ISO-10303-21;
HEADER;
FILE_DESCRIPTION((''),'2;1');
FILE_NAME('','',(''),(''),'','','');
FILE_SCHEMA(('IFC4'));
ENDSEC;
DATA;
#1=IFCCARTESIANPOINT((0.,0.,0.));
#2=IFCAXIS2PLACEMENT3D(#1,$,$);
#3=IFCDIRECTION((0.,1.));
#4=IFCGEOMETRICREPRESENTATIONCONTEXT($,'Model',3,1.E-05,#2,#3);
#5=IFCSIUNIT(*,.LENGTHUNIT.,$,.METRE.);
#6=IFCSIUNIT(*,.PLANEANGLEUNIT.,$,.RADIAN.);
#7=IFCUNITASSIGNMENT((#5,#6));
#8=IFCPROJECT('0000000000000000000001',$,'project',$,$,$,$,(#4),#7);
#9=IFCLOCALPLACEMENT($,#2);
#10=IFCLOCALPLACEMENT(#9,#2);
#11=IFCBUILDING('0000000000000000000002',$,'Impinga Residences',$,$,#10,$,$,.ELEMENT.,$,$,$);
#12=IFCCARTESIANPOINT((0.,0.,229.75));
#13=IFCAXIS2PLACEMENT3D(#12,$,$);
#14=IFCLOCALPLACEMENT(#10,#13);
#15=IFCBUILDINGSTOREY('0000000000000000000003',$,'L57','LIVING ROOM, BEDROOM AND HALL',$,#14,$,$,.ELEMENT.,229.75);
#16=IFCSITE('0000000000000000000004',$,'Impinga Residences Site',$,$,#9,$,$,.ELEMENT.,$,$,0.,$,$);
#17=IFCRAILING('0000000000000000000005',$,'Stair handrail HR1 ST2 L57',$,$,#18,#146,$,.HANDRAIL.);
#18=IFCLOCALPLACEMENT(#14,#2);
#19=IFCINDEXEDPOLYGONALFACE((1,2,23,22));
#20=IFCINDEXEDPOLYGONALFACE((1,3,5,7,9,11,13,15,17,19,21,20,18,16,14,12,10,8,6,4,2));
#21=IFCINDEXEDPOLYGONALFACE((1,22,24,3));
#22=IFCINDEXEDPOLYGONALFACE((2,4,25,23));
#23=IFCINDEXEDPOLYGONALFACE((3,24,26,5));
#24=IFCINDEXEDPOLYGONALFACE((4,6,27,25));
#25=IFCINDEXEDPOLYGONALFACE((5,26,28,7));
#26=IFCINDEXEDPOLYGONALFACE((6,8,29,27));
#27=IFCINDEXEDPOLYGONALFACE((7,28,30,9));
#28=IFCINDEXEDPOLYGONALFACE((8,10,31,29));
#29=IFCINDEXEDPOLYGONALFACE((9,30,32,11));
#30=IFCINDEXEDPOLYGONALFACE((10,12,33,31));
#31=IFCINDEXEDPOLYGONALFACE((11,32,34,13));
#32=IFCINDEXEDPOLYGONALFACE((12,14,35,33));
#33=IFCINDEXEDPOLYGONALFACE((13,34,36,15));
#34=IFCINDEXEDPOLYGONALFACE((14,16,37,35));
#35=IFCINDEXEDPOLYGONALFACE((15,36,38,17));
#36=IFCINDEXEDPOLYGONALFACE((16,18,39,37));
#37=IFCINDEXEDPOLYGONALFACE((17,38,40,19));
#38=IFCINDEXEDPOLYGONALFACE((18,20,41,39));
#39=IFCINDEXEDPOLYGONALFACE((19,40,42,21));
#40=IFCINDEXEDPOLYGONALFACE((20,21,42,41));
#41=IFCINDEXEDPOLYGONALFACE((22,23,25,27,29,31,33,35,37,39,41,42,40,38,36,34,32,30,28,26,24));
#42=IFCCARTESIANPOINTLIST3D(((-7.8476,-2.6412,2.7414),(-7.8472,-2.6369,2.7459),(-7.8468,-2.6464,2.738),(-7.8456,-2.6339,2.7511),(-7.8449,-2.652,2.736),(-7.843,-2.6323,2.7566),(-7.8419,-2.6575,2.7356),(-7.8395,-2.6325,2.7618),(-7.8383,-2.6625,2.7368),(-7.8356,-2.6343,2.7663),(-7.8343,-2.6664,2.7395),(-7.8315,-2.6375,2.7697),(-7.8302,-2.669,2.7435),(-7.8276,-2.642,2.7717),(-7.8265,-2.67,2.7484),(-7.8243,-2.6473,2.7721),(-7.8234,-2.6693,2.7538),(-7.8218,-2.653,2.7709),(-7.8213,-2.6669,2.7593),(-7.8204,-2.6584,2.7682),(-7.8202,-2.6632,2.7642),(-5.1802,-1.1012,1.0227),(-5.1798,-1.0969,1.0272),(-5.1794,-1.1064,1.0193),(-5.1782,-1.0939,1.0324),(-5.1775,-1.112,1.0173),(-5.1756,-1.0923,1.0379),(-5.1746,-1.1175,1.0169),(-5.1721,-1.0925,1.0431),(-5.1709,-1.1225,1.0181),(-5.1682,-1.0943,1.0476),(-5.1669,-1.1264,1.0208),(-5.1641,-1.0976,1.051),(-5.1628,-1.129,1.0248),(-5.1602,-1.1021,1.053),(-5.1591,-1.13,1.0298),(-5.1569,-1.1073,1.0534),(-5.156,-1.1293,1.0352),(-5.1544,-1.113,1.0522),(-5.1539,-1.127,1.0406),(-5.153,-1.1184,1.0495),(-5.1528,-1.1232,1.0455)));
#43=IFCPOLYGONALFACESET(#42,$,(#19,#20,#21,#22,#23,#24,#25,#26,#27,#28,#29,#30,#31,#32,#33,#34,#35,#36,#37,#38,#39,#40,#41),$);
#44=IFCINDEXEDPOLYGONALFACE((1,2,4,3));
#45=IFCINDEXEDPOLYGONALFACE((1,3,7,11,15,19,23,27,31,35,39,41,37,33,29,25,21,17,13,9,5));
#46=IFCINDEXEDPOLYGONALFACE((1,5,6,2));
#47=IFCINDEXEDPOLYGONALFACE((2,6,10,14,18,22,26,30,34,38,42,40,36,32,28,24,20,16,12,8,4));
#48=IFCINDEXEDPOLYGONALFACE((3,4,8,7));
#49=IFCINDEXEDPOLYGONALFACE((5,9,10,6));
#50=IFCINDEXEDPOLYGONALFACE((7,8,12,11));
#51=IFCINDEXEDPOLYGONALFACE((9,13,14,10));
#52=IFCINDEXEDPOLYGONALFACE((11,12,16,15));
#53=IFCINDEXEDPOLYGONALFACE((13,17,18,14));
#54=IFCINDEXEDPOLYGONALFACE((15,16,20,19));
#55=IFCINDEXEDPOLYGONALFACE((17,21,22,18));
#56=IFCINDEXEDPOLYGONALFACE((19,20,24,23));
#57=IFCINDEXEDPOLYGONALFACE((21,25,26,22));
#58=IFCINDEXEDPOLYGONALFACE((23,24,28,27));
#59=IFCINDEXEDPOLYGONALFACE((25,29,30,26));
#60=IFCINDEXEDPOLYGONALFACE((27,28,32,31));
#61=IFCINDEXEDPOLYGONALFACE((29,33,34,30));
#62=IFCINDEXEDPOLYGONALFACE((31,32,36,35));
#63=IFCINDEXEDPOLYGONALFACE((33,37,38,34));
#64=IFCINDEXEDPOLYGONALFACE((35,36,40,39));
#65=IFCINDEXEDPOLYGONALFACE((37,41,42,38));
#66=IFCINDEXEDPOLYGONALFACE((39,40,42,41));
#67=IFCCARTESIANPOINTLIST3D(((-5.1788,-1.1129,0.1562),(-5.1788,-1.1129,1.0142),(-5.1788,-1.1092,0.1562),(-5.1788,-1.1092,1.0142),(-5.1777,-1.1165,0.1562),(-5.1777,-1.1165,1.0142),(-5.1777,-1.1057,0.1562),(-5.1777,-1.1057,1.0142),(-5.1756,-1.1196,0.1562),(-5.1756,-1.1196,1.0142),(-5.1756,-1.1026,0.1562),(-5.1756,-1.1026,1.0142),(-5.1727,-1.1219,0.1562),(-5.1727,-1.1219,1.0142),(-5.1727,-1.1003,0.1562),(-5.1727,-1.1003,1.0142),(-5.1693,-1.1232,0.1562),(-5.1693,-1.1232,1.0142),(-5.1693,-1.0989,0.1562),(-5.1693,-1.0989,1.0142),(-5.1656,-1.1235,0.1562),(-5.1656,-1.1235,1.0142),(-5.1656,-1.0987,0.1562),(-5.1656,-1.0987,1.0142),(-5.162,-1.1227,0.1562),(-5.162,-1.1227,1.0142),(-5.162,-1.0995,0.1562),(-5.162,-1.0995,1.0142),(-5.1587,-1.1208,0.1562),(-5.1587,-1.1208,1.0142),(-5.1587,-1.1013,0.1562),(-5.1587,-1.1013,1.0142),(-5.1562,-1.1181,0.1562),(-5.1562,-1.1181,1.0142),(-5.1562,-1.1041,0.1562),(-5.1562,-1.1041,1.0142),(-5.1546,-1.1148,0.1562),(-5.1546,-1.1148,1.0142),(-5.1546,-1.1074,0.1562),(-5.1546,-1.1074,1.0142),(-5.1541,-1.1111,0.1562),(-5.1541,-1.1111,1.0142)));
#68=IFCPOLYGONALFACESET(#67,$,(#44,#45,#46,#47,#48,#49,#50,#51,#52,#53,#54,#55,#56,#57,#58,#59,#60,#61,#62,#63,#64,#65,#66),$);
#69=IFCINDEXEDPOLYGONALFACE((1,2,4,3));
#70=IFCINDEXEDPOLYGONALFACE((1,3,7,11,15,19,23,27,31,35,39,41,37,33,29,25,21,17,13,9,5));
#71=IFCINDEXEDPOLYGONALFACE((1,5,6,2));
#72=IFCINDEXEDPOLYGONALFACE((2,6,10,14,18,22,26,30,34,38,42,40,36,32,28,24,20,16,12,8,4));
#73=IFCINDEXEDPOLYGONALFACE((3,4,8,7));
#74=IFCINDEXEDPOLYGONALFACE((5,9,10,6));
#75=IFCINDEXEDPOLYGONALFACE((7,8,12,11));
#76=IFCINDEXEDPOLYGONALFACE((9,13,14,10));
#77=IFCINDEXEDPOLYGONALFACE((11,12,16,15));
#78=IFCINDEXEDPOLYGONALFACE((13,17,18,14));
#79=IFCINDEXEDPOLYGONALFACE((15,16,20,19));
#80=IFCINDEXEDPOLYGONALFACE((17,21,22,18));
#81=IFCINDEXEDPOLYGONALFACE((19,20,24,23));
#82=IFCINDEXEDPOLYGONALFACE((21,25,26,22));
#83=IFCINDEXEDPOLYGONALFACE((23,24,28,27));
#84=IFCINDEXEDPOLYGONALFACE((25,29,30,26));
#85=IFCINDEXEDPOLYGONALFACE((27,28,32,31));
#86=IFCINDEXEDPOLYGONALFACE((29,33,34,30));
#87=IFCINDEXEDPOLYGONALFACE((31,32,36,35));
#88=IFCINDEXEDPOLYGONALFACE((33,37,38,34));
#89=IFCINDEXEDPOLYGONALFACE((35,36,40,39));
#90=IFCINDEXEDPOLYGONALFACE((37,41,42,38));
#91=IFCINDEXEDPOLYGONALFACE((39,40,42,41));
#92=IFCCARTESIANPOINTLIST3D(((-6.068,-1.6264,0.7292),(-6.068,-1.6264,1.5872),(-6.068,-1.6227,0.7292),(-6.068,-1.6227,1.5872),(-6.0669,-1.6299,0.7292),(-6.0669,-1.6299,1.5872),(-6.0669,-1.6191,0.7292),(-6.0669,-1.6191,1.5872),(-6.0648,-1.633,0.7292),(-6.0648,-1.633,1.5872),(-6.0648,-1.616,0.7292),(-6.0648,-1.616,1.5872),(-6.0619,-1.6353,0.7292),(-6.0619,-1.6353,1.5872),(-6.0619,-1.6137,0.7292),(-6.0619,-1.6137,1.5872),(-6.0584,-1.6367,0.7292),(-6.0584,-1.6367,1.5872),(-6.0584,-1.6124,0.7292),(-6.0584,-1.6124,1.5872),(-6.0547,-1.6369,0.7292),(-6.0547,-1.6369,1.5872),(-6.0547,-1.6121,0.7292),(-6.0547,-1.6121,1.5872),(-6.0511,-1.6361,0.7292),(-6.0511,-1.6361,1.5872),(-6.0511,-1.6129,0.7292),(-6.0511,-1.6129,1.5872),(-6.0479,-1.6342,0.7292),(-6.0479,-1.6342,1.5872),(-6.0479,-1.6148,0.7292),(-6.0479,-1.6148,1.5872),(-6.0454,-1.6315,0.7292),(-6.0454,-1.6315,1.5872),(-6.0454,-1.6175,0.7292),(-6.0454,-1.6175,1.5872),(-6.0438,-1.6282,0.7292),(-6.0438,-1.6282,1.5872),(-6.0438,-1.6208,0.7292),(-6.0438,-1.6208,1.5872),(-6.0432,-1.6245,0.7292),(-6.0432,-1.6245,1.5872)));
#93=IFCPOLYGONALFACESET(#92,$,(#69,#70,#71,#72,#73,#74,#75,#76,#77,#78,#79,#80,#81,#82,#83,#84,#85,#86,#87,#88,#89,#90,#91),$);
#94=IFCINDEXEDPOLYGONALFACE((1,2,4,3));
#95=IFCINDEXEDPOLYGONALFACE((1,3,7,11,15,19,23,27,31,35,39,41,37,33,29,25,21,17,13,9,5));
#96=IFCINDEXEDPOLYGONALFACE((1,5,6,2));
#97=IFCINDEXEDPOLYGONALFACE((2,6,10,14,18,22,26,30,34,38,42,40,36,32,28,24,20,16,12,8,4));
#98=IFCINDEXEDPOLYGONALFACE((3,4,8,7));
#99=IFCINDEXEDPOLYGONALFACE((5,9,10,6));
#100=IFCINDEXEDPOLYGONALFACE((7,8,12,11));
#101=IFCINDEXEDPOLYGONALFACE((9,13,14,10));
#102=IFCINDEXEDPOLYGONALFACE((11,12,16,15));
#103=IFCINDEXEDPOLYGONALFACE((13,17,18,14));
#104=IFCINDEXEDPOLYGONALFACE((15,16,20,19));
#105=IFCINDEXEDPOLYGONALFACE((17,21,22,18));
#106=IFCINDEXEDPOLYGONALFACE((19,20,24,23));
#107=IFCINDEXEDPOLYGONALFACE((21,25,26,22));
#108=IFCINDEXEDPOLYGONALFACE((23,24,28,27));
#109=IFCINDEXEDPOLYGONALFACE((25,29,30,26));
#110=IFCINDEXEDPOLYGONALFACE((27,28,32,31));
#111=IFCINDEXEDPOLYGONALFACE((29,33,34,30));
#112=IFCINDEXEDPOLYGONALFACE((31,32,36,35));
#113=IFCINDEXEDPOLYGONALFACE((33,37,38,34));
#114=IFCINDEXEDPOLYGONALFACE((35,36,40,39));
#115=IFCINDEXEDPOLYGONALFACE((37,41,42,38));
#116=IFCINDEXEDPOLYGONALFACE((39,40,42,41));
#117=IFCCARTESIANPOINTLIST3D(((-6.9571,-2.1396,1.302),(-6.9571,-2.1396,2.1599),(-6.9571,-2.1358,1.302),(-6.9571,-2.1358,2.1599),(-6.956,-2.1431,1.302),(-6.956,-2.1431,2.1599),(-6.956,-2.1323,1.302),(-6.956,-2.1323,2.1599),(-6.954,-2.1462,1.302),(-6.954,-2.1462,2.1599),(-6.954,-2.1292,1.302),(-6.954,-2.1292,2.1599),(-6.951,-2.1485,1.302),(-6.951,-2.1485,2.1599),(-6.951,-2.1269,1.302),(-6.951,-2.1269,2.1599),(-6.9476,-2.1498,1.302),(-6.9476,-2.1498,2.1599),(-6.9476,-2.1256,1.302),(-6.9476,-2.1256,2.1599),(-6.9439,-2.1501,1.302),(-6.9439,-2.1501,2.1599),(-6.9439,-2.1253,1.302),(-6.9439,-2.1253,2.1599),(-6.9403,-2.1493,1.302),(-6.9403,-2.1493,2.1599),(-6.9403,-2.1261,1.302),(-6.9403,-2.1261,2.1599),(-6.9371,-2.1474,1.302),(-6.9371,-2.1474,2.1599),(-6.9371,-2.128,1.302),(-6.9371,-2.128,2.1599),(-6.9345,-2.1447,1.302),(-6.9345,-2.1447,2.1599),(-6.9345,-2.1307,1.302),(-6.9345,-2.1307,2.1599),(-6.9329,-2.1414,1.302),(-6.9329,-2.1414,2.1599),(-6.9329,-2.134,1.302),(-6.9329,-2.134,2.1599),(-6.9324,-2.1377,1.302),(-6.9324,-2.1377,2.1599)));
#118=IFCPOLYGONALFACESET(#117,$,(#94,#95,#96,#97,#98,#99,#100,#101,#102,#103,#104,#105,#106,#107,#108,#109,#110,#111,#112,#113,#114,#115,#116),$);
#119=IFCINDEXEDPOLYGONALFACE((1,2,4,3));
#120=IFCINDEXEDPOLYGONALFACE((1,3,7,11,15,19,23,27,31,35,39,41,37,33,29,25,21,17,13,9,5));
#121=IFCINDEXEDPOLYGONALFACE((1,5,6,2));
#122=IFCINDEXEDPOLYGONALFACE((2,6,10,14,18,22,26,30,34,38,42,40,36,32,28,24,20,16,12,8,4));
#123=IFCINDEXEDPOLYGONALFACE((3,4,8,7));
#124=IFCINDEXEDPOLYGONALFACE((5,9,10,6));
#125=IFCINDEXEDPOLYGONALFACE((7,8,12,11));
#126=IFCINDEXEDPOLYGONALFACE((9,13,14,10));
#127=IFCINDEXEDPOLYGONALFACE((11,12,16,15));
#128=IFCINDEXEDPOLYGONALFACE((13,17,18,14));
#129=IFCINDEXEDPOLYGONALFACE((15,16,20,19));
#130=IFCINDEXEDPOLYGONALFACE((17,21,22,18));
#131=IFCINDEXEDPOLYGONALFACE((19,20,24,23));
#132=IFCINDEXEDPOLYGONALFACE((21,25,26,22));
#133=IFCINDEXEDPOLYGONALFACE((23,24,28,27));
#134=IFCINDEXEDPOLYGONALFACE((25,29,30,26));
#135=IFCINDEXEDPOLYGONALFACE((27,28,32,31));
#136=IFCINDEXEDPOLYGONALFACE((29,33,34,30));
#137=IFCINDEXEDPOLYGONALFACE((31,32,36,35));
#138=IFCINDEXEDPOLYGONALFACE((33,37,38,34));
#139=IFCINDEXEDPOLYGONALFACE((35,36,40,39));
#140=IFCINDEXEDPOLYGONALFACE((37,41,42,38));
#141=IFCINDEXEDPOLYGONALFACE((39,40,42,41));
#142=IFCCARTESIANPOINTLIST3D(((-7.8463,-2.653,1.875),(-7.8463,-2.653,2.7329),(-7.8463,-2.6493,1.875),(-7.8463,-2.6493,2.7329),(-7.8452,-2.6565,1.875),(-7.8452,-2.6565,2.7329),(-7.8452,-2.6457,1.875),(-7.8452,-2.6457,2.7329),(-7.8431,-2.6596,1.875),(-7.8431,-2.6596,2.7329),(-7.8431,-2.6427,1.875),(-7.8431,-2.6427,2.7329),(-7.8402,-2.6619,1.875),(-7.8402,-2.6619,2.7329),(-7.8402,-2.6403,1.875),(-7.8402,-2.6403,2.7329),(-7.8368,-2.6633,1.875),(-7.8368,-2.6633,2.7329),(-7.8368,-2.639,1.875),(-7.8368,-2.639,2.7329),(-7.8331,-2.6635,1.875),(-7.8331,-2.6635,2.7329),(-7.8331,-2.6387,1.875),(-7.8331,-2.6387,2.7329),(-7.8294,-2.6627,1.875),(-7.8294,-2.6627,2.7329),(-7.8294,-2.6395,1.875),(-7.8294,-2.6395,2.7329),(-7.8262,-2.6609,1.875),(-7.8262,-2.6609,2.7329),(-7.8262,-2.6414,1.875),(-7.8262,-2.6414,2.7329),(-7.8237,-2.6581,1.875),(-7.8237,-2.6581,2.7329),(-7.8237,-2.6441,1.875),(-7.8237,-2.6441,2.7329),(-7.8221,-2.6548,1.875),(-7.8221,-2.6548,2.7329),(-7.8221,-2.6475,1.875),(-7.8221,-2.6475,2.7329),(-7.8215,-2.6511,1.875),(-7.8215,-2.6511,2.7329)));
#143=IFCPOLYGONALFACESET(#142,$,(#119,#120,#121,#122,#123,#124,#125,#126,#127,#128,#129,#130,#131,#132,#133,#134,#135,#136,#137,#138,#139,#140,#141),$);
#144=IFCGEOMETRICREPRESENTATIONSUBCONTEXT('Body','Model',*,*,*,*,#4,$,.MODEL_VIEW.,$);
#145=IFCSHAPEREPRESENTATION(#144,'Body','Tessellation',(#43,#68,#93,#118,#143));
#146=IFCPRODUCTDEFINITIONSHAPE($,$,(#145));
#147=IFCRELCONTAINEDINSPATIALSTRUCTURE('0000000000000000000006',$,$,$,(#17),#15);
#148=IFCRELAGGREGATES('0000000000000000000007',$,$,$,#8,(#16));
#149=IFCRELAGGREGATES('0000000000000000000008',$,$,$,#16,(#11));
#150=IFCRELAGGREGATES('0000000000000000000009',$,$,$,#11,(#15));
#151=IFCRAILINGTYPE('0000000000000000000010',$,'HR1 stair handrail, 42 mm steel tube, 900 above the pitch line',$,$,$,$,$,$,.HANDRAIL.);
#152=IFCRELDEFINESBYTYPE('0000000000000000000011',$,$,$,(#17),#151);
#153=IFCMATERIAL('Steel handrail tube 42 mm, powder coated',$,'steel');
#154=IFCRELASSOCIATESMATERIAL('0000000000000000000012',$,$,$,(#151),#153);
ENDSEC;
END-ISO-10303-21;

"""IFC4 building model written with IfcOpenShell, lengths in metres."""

from ifc_helpers import new_model, si_unit, direction, frame, origin, origin_2d, place, context, subcontext, project, spatial, circle, extrude, material, type_object, element, save


model = new_model("IFC4")

# Units and contexts
model_context = context("Model", 3, precision=1e-05, world=origin(), true_north=direction((0.0, 1.0)))
body_context = subcontext(model_context, "Body", "Model", "MODEL_VIEW")
ifc_project = project(units=[si_unit("LENGTHUNIT", "METRE"), si_unit("PLANEANGLEUNIT", "RADIAN")], contexts=[model_context])

# Site, building, storey
site_placement = place(None, origin())
site = spatial("IfcSite", under=ifc_project, at=site_placement, Name="Impinga Residences Site", CompositionType="ELEMENT", RefElevation=0.0)
building_placement = place(site_placement, origin())
building = spatial("IfcBuilding", under=site, at=building_placement, Name="Impinga Residences", CompositionType="ELEMENT")
storey_placement = place(building_placement, frame((0.0, 0.0, 229.75)))
storey = spatial("IfcBuildingStorey", under=building, at=storey_placement, Name="L57", Description="LIVING ROOM, BEDROOM AND HALL", CompositionType="ELEMENT", Elevation=229.75)

# Railing
ifc_material_1 = material(Name="Steel handrail tube 42 mm, powder coated", Category="steel")
railing_type = type_object("IfcRailingType", Name="HR1 stair handrail, 42 mm steel tube, 900 above the pitch line", PredefinedType="HANDRAIL", material=ifc_material_1)
railing_1_placement = place(storey_placement, frame((-5.1665, -1.1111, 0.1562)))
element("IfcRailing", 1, at=railing_1_placement, inside=storey, type_object=railing_type, Name="Stair handrail HR1 ST2 L57", PredefinedType="HANDRAIL", context=body_context, shape_type="SweptSolid", body=[
    extrude(circle(Radius=0.021, at=origin_2d()), frame((0.0, 0.0, 0.8789), z_axis=(-0.756256, -0.436616, 0.487282), x_axis=(0.499992, -0.86603, 0.0)), (0.0, 0.0, 1.0), 3.5271),
    extrude(circle(Radius=0.0125, at=origin_2d()), origin(), (0.0, 0.0, 1.0), 0.8579),
    extrude(circle(Radius=0.0125, at=origin_2d()), frame((-0.8892, -0.5134, 0.573)), (0.0, 0.0, 1.0), 0.8579),
    extrude(circle(Radius=0.0125, at=origin_2d()), frame((-1.7783, -1.0266, 1.1458)), (0.0, 0.0, 1.0), 0.8579),
    extrude(circle(Radius=0.0125, at=origin_2d()), frame((-2.6675, -1.54, 1.7188)), (0.0, 0.0, 1.0), 0.8579),
])

save(model, "model.ifc")
